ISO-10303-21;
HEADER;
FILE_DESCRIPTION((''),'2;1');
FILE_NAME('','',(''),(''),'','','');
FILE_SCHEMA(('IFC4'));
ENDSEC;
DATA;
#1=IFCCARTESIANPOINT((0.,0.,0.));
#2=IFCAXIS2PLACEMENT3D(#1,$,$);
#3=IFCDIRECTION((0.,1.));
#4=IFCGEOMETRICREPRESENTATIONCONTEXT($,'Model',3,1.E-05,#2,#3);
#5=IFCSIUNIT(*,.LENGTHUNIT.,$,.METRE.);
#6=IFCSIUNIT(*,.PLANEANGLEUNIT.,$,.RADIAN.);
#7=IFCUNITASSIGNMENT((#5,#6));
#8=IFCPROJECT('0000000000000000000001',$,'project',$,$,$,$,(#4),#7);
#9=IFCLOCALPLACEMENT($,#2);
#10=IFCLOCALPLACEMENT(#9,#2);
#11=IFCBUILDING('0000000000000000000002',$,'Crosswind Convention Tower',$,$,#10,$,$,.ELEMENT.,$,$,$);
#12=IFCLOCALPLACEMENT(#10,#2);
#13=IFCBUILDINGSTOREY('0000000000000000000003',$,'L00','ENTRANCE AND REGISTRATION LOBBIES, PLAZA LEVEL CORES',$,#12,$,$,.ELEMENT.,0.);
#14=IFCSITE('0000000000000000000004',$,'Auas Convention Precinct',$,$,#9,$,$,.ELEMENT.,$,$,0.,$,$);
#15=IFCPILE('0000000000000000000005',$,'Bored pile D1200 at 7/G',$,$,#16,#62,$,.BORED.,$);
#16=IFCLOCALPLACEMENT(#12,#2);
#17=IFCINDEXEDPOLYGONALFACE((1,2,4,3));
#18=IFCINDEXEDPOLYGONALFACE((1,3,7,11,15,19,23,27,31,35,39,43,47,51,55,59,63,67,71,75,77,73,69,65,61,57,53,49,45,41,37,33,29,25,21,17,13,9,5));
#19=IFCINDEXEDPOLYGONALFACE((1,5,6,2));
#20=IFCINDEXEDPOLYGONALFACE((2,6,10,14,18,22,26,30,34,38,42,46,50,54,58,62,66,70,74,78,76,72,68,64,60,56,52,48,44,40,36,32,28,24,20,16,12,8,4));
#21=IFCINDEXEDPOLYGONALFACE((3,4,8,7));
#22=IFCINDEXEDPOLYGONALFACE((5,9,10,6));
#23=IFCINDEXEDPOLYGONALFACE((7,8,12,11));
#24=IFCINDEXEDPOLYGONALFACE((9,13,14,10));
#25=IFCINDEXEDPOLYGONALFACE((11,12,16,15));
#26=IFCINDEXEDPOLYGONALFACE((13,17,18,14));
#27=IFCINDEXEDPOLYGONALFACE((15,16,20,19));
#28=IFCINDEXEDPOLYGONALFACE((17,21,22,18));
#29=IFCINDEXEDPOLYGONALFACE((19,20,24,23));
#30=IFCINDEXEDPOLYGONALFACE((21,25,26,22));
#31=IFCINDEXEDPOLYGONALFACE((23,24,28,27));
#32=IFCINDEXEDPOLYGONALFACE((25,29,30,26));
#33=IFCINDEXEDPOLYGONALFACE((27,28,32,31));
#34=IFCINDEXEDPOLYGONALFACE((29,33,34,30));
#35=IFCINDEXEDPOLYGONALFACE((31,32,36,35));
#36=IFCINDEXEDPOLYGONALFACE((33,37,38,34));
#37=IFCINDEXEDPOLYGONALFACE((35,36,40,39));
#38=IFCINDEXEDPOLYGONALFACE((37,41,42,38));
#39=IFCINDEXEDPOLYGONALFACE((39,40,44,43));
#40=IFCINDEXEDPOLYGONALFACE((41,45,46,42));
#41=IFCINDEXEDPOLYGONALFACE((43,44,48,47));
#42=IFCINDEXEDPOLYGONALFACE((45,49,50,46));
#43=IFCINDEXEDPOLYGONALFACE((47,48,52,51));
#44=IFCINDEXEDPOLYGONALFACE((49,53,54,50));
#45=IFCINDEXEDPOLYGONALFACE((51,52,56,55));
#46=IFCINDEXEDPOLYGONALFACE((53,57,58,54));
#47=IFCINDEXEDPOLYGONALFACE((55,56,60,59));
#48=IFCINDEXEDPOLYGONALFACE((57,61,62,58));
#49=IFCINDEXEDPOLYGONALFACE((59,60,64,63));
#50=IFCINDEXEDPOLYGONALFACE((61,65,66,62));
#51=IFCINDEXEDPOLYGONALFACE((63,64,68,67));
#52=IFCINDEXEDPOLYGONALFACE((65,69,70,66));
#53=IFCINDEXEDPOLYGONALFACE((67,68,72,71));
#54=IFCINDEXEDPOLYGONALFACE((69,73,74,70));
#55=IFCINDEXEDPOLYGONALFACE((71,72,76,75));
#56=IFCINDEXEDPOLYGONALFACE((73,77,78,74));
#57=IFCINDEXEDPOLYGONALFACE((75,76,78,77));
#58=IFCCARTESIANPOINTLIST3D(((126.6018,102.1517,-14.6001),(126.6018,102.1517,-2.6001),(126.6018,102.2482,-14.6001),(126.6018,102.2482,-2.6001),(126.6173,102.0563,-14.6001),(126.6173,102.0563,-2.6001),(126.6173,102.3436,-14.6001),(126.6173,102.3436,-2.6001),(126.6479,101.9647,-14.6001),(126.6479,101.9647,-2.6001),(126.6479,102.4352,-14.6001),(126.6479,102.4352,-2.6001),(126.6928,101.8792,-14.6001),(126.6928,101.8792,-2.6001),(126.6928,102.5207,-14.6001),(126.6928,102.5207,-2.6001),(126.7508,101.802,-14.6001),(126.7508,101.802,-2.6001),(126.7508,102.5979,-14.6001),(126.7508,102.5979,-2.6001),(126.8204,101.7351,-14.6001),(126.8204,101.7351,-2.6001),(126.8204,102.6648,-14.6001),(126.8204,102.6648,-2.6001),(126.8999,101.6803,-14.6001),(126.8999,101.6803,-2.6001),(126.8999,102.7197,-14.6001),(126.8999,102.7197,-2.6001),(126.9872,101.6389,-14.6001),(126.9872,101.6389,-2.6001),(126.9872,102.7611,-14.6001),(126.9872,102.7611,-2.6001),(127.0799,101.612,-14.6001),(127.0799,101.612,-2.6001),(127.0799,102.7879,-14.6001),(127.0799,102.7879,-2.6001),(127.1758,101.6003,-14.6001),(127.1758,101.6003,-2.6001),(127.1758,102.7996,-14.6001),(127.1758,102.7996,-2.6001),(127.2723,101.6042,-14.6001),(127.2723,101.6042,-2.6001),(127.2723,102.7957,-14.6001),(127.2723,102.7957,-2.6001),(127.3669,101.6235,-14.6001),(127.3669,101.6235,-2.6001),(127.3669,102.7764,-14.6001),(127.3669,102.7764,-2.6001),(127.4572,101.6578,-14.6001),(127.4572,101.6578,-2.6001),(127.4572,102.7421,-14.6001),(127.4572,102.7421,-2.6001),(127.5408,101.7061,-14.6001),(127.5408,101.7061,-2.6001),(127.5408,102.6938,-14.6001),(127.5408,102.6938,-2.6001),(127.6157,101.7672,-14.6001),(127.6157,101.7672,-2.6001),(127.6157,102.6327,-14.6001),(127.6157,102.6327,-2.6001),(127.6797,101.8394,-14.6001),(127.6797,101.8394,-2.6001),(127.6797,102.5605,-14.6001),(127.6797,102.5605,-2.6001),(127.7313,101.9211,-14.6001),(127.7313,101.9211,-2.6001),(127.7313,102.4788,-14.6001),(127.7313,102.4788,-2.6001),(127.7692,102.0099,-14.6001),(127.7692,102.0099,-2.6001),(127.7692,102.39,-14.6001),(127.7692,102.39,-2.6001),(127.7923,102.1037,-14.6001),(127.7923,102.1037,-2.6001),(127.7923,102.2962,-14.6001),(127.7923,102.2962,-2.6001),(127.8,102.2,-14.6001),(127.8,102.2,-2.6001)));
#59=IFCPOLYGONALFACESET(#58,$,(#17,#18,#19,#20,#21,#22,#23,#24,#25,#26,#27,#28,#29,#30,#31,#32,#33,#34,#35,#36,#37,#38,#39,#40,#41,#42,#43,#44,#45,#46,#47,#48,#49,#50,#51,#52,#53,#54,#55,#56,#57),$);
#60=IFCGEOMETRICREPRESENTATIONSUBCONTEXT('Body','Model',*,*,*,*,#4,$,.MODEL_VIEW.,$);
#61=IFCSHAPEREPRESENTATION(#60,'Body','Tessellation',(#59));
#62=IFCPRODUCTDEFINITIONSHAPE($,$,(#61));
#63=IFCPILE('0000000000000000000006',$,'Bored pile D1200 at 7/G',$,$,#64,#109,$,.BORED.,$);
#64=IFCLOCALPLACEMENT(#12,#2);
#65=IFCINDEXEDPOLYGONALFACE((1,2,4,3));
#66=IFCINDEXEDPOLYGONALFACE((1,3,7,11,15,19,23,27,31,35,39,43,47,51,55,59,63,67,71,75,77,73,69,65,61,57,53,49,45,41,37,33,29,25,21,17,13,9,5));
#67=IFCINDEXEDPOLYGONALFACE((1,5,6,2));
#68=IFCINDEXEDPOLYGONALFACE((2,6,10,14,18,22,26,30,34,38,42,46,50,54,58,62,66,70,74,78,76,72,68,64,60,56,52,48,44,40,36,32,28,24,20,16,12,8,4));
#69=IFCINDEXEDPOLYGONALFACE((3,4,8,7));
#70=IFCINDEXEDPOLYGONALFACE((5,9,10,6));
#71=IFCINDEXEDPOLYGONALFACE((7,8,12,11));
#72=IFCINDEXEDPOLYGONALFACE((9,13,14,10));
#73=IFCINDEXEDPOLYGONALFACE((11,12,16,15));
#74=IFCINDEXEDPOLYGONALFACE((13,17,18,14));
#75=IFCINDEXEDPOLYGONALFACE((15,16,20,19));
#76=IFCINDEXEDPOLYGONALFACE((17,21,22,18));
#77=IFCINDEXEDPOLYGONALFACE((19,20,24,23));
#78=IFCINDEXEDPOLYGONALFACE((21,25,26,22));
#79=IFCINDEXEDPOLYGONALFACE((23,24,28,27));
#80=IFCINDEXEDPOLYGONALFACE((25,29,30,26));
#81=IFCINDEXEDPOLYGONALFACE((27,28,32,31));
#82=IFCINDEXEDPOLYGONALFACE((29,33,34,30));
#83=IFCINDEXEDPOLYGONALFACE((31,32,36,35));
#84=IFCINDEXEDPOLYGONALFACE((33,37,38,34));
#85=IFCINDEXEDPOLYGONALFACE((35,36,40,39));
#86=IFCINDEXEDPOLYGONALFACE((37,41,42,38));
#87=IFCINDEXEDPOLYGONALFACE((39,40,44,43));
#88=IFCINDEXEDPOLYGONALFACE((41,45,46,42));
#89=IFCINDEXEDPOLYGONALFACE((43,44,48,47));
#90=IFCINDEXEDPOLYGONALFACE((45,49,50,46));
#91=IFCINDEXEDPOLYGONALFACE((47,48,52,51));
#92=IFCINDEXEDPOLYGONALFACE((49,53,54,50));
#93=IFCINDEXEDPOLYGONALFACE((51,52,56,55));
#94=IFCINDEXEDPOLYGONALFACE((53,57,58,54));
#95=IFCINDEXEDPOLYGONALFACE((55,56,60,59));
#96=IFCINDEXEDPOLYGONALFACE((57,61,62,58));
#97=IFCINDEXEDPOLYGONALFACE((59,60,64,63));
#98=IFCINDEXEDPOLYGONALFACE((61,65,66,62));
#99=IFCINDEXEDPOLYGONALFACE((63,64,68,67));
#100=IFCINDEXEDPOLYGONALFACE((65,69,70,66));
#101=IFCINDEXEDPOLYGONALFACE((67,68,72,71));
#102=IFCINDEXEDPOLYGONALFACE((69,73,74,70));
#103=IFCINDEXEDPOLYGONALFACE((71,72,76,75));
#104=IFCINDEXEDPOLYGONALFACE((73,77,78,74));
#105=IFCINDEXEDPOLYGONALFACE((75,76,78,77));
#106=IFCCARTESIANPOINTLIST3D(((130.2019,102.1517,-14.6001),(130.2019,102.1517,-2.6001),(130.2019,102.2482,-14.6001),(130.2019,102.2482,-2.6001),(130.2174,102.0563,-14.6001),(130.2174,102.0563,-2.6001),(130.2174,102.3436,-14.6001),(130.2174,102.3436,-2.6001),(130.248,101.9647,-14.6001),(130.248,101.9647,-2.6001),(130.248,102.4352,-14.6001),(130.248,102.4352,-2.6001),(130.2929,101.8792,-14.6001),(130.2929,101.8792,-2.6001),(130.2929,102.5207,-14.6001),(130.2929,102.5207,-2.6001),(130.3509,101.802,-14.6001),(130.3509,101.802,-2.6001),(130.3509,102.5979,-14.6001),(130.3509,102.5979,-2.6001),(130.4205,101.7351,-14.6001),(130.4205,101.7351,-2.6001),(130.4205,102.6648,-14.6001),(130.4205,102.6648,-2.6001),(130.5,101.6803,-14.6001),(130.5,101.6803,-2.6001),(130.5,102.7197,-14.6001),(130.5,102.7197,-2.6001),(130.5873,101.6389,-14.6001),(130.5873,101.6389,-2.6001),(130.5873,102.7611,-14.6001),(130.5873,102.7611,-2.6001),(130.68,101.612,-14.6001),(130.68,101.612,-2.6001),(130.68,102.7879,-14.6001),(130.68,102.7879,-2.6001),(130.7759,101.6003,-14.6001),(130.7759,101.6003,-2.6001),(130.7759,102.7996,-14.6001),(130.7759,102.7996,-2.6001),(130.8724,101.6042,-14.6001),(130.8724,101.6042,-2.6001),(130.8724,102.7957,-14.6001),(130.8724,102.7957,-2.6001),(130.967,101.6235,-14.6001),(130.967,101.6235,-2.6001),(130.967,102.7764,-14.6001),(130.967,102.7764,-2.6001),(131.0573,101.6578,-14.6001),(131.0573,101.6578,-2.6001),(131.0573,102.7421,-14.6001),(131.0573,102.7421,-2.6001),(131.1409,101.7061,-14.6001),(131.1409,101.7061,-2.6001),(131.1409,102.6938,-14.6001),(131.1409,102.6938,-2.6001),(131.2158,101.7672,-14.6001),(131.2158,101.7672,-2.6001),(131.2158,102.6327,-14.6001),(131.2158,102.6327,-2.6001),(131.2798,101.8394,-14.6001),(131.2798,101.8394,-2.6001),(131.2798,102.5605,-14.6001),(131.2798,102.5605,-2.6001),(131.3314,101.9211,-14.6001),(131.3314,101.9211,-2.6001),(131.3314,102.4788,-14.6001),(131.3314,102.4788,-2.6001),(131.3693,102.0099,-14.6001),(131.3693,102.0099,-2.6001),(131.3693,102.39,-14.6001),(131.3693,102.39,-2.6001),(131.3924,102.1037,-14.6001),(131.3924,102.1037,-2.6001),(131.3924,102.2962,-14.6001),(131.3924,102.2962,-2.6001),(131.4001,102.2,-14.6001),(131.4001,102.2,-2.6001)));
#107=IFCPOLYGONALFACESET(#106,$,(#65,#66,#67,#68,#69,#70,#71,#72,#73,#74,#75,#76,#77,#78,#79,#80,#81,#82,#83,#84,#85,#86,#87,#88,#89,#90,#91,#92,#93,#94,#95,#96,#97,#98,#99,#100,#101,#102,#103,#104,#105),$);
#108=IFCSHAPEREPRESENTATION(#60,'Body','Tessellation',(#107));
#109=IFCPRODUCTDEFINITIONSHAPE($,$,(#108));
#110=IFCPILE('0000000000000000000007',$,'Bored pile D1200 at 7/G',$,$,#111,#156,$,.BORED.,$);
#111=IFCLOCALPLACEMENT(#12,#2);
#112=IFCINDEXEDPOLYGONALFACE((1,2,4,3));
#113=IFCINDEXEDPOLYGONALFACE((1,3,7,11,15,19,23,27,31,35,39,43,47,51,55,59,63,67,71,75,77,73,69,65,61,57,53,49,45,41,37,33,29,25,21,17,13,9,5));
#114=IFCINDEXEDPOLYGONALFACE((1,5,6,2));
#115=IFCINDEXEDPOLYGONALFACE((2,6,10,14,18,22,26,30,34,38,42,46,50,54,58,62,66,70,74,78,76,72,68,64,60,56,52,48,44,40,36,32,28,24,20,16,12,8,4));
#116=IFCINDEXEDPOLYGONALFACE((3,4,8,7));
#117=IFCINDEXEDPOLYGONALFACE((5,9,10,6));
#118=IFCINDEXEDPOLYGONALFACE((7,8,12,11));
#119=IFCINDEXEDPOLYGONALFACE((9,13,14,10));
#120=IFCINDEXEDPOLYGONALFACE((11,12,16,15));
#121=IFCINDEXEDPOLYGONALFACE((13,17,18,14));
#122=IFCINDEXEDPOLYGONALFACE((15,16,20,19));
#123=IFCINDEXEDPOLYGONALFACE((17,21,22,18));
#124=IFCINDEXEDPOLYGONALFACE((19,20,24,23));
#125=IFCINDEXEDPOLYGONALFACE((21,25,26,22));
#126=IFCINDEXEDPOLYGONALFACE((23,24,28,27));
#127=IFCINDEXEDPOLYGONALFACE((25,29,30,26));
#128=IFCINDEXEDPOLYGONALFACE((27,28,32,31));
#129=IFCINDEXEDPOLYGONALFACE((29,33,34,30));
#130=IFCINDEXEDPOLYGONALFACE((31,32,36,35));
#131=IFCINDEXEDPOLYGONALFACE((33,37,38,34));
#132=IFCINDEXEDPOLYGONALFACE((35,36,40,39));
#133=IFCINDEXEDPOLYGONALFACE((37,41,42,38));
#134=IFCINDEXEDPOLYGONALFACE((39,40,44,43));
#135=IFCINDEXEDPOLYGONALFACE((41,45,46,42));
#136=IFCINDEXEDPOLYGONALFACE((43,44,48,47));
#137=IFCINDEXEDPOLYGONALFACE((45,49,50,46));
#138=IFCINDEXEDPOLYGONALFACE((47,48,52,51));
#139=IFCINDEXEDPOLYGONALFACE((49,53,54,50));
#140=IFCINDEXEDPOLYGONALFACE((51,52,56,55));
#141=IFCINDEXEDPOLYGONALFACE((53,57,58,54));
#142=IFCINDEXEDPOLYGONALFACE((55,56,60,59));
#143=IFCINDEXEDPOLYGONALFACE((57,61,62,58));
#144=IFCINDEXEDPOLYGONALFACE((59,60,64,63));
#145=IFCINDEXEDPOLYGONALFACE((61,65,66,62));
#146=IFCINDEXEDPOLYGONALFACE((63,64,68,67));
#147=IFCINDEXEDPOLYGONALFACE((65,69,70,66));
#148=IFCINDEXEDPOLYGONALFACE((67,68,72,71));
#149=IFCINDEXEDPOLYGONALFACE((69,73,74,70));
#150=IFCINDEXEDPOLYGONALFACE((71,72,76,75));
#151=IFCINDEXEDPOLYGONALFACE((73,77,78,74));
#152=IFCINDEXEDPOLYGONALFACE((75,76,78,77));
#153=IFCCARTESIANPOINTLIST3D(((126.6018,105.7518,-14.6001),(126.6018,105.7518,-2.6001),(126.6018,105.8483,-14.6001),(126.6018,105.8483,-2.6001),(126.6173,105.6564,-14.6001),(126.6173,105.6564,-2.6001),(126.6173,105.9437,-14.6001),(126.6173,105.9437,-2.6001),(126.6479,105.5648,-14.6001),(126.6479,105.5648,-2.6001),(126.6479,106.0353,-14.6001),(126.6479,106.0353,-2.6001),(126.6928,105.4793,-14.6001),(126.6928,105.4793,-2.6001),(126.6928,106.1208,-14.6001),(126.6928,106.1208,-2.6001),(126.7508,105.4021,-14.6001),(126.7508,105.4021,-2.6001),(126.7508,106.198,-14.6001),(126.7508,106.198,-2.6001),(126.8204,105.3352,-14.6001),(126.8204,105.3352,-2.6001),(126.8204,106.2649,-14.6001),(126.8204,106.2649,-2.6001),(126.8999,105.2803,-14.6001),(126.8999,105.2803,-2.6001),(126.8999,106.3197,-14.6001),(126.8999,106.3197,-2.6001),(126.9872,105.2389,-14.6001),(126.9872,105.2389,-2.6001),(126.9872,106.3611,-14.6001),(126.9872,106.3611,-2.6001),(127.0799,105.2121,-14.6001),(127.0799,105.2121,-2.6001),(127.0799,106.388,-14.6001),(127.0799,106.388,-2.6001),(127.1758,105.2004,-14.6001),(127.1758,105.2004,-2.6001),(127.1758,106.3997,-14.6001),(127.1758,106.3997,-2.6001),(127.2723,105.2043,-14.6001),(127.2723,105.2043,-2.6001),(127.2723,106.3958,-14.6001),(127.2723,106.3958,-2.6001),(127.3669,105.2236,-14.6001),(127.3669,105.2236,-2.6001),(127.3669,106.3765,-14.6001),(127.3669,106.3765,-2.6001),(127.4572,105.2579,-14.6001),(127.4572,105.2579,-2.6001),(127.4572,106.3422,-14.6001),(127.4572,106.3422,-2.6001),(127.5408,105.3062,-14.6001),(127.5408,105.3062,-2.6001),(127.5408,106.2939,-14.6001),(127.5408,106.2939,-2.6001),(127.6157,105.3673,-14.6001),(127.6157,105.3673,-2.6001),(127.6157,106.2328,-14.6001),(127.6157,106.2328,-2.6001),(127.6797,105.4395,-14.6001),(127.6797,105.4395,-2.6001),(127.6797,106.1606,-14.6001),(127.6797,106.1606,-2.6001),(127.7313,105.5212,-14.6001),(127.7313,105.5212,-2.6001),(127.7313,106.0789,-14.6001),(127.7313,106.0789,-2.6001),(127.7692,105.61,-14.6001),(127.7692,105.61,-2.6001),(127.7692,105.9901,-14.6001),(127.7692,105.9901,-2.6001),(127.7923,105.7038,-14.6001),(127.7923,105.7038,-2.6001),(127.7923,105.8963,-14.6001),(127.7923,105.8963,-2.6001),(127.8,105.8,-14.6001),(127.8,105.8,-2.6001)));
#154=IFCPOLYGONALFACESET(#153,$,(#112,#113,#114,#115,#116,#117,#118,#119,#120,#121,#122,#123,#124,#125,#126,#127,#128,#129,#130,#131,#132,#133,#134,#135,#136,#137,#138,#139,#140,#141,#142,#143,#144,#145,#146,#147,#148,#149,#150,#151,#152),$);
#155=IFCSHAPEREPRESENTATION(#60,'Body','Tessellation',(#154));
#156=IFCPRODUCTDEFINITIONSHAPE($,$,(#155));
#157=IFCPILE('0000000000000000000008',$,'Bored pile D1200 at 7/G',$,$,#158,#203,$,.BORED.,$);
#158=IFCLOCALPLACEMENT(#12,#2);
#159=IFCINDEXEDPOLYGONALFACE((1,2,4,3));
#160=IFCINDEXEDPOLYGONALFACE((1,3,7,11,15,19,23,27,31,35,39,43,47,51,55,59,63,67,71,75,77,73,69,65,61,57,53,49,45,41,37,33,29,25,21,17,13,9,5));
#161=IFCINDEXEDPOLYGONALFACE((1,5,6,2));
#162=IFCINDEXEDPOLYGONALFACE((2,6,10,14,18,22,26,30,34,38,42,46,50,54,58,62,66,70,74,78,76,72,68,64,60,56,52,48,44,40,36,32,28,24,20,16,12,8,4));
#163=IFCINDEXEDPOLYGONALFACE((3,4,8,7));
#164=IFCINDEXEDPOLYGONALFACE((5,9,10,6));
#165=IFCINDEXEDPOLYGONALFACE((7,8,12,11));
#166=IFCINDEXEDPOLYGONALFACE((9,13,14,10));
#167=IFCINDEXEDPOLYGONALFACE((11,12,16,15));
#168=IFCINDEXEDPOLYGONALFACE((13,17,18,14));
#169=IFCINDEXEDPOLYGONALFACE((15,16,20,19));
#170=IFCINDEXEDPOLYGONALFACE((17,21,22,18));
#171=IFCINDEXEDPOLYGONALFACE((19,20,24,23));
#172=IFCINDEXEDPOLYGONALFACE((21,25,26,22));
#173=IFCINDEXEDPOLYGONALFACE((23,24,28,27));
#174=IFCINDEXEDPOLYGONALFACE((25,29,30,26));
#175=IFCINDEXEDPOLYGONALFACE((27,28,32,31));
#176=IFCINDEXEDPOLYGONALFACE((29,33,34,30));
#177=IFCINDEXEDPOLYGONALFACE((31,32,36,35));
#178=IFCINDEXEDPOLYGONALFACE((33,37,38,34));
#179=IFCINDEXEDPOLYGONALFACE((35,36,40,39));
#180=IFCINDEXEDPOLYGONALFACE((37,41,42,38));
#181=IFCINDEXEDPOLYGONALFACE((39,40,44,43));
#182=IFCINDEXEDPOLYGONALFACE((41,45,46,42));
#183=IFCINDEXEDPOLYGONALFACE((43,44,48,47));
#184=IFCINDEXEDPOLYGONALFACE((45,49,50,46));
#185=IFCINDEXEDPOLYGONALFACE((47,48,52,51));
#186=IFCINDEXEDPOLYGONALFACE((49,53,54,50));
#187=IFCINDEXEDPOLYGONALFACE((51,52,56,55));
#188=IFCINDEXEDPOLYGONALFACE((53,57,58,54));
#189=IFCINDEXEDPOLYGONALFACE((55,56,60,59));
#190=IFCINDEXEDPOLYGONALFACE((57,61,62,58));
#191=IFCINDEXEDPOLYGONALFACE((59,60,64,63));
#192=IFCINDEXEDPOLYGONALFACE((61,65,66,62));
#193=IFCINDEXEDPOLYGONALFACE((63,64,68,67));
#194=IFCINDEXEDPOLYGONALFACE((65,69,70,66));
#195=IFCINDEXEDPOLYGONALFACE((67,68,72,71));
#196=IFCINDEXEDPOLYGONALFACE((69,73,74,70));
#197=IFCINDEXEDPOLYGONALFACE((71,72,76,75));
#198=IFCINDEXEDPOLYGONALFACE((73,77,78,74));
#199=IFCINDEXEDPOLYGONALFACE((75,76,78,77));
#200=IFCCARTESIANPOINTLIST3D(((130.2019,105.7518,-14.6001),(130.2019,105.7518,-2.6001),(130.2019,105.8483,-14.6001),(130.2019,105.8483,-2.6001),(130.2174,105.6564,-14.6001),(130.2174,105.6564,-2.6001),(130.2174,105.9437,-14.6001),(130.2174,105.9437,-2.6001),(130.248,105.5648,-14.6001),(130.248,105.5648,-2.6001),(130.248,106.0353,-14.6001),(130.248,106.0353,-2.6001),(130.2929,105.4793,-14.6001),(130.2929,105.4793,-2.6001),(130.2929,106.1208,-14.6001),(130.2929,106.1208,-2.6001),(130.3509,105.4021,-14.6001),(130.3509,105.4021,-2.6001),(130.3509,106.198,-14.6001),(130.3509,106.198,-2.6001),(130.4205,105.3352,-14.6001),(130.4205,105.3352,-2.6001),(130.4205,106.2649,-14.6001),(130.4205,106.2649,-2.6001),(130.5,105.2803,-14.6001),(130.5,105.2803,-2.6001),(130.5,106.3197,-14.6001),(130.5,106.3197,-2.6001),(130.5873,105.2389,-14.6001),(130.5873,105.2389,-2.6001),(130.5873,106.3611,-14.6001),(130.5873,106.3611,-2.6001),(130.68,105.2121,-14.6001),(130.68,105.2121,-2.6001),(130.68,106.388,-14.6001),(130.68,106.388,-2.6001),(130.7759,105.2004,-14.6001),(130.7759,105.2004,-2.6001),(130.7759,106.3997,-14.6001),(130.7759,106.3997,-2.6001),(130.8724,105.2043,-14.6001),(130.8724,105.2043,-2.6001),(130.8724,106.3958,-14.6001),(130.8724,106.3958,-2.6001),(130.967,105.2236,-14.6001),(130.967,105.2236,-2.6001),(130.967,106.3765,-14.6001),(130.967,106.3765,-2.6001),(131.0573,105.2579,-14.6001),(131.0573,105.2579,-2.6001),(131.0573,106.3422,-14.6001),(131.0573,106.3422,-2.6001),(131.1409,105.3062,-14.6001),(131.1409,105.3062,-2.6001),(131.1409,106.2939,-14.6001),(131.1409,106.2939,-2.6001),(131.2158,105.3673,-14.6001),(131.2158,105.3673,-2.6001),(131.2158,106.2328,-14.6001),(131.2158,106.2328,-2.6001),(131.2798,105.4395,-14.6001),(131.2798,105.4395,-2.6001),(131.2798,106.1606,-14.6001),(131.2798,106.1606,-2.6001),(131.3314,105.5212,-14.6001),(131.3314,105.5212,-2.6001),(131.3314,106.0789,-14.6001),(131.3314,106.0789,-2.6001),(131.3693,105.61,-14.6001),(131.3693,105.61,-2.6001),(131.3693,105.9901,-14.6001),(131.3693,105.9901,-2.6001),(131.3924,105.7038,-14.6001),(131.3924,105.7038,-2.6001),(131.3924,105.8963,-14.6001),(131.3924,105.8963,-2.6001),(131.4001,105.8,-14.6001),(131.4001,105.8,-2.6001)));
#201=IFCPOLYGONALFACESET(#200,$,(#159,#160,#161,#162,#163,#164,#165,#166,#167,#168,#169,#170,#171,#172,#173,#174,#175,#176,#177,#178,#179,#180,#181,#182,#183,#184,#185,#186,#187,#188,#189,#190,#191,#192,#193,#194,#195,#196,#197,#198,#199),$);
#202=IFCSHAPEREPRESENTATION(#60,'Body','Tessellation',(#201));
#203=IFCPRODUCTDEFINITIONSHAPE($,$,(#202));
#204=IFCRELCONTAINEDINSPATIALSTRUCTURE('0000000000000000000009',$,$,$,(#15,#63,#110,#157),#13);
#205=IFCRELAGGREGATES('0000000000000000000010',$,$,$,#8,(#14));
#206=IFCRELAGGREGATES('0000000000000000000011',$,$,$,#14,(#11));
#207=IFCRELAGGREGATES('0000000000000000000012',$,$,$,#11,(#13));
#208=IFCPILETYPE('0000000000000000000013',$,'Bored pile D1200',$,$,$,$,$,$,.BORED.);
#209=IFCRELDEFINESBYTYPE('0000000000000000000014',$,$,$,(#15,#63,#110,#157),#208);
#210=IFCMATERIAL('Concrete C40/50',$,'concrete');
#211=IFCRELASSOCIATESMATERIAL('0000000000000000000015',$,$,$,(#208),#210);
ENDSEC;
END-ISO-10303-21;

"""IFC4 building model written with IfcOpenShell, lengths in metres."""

from ifc_helpers import new_model, si_unit, direction, frame, origin, origin_2d, place, context, subcontext, project, spatial, circle, extrude, material, material_profile, profile_set, type_object, element, save


model = new_model("IFC4")

# Units and contexts
model_context = context("Model", 3, precision=1e-05, world=origin(), true_north=direction((0.0, 1.0)))
body_context = subcontext(model_context, "Body", "Model", "MODEL_VIEW")
ifc_project = project(units=[si_unit("LENGTHUNIT", "METRE"), si_unit("PLANEANGLEUNIT", "RADIAN")], contexts=[model_context])

# Site, building, storey
site_placement = place(None, origin())
site = spatial("IfcSite", under=ifc_project, at=site_placement, Name="Auas Convention Precinct", CompositionType="ELEMENT", RefElevation=0.0)
building_placement = place(site_placement, origin())
building = spatial("IfcBuilding", under=site, at=building_placement, Name="Crosswind Convention Tower", CompositionType="ELEMENT")
storey_placement = place(building_placement, origin())
storey = spatial("IfcBuildingStorey", under=building, at=storey_placement, Name="L00", Description="ENTRANCE AND REGISTRATION LOBBIES, PLAZA LEVEL CORES", CompositionType="ELEMENT", Elevation=0.0)

# Piles
ifc_material_1 = material(Name="Concrete C40/50", Category="concrete")
ifc_material_profile_1 = material_profile(ifc_material_1, circle(Radius=0.6001, at=origin_2d()), Name="Bored pile D1200")
ifc_profile_set_1 = profile_set([ifc_material_profile_1], Name="Concrete C40/50")
pile_type = type_object("IfcPileType", Name="Bored pile D1200", PredefinedType="BORED", material=ifc_profile_set_1)
for number, where, z_axis, x_axis, name in (
    (1, (127.2, 102.2, -2.6001), (0.0, 0.0, -1.0), (1.0, 0.0, 0.0), "Bored pile D1200 at 7/G"),
    (2, (130.8, 102.2, -2.6001), (0.0, 0.0, -1.0), (1.0, 0.0, 0.0), "Bored pile D1200 at 7/G"),
    (3, (127.2, 105.8, -2.6001), (0.0, 0.0, -1.0), (1.0, 0.0, 0.0), "Bored pile D1200 at 7/G"),
    (4, (130.8, 105.8, -2.6001), (0.0, 0.0, -1.0), (1.0, 0.0, 0.0), "Bored pile D1200 at 7/G"),
):
    element("IfcPile", number, at=place(storey_placement, frame(where, z_axis=z_axis, x_axis=x_axis)), inside=storey, type_object=pile_type, Name=name, PredefinedType="BORED", context=body_context, shape_type="SweptSolid", body=[
        extrude(circle(Radius=0.6001, at=origin_2d()), origin(), (0.0, 0.0, 1.0), 12.0),
    ])

save(model, "model.ifc")
